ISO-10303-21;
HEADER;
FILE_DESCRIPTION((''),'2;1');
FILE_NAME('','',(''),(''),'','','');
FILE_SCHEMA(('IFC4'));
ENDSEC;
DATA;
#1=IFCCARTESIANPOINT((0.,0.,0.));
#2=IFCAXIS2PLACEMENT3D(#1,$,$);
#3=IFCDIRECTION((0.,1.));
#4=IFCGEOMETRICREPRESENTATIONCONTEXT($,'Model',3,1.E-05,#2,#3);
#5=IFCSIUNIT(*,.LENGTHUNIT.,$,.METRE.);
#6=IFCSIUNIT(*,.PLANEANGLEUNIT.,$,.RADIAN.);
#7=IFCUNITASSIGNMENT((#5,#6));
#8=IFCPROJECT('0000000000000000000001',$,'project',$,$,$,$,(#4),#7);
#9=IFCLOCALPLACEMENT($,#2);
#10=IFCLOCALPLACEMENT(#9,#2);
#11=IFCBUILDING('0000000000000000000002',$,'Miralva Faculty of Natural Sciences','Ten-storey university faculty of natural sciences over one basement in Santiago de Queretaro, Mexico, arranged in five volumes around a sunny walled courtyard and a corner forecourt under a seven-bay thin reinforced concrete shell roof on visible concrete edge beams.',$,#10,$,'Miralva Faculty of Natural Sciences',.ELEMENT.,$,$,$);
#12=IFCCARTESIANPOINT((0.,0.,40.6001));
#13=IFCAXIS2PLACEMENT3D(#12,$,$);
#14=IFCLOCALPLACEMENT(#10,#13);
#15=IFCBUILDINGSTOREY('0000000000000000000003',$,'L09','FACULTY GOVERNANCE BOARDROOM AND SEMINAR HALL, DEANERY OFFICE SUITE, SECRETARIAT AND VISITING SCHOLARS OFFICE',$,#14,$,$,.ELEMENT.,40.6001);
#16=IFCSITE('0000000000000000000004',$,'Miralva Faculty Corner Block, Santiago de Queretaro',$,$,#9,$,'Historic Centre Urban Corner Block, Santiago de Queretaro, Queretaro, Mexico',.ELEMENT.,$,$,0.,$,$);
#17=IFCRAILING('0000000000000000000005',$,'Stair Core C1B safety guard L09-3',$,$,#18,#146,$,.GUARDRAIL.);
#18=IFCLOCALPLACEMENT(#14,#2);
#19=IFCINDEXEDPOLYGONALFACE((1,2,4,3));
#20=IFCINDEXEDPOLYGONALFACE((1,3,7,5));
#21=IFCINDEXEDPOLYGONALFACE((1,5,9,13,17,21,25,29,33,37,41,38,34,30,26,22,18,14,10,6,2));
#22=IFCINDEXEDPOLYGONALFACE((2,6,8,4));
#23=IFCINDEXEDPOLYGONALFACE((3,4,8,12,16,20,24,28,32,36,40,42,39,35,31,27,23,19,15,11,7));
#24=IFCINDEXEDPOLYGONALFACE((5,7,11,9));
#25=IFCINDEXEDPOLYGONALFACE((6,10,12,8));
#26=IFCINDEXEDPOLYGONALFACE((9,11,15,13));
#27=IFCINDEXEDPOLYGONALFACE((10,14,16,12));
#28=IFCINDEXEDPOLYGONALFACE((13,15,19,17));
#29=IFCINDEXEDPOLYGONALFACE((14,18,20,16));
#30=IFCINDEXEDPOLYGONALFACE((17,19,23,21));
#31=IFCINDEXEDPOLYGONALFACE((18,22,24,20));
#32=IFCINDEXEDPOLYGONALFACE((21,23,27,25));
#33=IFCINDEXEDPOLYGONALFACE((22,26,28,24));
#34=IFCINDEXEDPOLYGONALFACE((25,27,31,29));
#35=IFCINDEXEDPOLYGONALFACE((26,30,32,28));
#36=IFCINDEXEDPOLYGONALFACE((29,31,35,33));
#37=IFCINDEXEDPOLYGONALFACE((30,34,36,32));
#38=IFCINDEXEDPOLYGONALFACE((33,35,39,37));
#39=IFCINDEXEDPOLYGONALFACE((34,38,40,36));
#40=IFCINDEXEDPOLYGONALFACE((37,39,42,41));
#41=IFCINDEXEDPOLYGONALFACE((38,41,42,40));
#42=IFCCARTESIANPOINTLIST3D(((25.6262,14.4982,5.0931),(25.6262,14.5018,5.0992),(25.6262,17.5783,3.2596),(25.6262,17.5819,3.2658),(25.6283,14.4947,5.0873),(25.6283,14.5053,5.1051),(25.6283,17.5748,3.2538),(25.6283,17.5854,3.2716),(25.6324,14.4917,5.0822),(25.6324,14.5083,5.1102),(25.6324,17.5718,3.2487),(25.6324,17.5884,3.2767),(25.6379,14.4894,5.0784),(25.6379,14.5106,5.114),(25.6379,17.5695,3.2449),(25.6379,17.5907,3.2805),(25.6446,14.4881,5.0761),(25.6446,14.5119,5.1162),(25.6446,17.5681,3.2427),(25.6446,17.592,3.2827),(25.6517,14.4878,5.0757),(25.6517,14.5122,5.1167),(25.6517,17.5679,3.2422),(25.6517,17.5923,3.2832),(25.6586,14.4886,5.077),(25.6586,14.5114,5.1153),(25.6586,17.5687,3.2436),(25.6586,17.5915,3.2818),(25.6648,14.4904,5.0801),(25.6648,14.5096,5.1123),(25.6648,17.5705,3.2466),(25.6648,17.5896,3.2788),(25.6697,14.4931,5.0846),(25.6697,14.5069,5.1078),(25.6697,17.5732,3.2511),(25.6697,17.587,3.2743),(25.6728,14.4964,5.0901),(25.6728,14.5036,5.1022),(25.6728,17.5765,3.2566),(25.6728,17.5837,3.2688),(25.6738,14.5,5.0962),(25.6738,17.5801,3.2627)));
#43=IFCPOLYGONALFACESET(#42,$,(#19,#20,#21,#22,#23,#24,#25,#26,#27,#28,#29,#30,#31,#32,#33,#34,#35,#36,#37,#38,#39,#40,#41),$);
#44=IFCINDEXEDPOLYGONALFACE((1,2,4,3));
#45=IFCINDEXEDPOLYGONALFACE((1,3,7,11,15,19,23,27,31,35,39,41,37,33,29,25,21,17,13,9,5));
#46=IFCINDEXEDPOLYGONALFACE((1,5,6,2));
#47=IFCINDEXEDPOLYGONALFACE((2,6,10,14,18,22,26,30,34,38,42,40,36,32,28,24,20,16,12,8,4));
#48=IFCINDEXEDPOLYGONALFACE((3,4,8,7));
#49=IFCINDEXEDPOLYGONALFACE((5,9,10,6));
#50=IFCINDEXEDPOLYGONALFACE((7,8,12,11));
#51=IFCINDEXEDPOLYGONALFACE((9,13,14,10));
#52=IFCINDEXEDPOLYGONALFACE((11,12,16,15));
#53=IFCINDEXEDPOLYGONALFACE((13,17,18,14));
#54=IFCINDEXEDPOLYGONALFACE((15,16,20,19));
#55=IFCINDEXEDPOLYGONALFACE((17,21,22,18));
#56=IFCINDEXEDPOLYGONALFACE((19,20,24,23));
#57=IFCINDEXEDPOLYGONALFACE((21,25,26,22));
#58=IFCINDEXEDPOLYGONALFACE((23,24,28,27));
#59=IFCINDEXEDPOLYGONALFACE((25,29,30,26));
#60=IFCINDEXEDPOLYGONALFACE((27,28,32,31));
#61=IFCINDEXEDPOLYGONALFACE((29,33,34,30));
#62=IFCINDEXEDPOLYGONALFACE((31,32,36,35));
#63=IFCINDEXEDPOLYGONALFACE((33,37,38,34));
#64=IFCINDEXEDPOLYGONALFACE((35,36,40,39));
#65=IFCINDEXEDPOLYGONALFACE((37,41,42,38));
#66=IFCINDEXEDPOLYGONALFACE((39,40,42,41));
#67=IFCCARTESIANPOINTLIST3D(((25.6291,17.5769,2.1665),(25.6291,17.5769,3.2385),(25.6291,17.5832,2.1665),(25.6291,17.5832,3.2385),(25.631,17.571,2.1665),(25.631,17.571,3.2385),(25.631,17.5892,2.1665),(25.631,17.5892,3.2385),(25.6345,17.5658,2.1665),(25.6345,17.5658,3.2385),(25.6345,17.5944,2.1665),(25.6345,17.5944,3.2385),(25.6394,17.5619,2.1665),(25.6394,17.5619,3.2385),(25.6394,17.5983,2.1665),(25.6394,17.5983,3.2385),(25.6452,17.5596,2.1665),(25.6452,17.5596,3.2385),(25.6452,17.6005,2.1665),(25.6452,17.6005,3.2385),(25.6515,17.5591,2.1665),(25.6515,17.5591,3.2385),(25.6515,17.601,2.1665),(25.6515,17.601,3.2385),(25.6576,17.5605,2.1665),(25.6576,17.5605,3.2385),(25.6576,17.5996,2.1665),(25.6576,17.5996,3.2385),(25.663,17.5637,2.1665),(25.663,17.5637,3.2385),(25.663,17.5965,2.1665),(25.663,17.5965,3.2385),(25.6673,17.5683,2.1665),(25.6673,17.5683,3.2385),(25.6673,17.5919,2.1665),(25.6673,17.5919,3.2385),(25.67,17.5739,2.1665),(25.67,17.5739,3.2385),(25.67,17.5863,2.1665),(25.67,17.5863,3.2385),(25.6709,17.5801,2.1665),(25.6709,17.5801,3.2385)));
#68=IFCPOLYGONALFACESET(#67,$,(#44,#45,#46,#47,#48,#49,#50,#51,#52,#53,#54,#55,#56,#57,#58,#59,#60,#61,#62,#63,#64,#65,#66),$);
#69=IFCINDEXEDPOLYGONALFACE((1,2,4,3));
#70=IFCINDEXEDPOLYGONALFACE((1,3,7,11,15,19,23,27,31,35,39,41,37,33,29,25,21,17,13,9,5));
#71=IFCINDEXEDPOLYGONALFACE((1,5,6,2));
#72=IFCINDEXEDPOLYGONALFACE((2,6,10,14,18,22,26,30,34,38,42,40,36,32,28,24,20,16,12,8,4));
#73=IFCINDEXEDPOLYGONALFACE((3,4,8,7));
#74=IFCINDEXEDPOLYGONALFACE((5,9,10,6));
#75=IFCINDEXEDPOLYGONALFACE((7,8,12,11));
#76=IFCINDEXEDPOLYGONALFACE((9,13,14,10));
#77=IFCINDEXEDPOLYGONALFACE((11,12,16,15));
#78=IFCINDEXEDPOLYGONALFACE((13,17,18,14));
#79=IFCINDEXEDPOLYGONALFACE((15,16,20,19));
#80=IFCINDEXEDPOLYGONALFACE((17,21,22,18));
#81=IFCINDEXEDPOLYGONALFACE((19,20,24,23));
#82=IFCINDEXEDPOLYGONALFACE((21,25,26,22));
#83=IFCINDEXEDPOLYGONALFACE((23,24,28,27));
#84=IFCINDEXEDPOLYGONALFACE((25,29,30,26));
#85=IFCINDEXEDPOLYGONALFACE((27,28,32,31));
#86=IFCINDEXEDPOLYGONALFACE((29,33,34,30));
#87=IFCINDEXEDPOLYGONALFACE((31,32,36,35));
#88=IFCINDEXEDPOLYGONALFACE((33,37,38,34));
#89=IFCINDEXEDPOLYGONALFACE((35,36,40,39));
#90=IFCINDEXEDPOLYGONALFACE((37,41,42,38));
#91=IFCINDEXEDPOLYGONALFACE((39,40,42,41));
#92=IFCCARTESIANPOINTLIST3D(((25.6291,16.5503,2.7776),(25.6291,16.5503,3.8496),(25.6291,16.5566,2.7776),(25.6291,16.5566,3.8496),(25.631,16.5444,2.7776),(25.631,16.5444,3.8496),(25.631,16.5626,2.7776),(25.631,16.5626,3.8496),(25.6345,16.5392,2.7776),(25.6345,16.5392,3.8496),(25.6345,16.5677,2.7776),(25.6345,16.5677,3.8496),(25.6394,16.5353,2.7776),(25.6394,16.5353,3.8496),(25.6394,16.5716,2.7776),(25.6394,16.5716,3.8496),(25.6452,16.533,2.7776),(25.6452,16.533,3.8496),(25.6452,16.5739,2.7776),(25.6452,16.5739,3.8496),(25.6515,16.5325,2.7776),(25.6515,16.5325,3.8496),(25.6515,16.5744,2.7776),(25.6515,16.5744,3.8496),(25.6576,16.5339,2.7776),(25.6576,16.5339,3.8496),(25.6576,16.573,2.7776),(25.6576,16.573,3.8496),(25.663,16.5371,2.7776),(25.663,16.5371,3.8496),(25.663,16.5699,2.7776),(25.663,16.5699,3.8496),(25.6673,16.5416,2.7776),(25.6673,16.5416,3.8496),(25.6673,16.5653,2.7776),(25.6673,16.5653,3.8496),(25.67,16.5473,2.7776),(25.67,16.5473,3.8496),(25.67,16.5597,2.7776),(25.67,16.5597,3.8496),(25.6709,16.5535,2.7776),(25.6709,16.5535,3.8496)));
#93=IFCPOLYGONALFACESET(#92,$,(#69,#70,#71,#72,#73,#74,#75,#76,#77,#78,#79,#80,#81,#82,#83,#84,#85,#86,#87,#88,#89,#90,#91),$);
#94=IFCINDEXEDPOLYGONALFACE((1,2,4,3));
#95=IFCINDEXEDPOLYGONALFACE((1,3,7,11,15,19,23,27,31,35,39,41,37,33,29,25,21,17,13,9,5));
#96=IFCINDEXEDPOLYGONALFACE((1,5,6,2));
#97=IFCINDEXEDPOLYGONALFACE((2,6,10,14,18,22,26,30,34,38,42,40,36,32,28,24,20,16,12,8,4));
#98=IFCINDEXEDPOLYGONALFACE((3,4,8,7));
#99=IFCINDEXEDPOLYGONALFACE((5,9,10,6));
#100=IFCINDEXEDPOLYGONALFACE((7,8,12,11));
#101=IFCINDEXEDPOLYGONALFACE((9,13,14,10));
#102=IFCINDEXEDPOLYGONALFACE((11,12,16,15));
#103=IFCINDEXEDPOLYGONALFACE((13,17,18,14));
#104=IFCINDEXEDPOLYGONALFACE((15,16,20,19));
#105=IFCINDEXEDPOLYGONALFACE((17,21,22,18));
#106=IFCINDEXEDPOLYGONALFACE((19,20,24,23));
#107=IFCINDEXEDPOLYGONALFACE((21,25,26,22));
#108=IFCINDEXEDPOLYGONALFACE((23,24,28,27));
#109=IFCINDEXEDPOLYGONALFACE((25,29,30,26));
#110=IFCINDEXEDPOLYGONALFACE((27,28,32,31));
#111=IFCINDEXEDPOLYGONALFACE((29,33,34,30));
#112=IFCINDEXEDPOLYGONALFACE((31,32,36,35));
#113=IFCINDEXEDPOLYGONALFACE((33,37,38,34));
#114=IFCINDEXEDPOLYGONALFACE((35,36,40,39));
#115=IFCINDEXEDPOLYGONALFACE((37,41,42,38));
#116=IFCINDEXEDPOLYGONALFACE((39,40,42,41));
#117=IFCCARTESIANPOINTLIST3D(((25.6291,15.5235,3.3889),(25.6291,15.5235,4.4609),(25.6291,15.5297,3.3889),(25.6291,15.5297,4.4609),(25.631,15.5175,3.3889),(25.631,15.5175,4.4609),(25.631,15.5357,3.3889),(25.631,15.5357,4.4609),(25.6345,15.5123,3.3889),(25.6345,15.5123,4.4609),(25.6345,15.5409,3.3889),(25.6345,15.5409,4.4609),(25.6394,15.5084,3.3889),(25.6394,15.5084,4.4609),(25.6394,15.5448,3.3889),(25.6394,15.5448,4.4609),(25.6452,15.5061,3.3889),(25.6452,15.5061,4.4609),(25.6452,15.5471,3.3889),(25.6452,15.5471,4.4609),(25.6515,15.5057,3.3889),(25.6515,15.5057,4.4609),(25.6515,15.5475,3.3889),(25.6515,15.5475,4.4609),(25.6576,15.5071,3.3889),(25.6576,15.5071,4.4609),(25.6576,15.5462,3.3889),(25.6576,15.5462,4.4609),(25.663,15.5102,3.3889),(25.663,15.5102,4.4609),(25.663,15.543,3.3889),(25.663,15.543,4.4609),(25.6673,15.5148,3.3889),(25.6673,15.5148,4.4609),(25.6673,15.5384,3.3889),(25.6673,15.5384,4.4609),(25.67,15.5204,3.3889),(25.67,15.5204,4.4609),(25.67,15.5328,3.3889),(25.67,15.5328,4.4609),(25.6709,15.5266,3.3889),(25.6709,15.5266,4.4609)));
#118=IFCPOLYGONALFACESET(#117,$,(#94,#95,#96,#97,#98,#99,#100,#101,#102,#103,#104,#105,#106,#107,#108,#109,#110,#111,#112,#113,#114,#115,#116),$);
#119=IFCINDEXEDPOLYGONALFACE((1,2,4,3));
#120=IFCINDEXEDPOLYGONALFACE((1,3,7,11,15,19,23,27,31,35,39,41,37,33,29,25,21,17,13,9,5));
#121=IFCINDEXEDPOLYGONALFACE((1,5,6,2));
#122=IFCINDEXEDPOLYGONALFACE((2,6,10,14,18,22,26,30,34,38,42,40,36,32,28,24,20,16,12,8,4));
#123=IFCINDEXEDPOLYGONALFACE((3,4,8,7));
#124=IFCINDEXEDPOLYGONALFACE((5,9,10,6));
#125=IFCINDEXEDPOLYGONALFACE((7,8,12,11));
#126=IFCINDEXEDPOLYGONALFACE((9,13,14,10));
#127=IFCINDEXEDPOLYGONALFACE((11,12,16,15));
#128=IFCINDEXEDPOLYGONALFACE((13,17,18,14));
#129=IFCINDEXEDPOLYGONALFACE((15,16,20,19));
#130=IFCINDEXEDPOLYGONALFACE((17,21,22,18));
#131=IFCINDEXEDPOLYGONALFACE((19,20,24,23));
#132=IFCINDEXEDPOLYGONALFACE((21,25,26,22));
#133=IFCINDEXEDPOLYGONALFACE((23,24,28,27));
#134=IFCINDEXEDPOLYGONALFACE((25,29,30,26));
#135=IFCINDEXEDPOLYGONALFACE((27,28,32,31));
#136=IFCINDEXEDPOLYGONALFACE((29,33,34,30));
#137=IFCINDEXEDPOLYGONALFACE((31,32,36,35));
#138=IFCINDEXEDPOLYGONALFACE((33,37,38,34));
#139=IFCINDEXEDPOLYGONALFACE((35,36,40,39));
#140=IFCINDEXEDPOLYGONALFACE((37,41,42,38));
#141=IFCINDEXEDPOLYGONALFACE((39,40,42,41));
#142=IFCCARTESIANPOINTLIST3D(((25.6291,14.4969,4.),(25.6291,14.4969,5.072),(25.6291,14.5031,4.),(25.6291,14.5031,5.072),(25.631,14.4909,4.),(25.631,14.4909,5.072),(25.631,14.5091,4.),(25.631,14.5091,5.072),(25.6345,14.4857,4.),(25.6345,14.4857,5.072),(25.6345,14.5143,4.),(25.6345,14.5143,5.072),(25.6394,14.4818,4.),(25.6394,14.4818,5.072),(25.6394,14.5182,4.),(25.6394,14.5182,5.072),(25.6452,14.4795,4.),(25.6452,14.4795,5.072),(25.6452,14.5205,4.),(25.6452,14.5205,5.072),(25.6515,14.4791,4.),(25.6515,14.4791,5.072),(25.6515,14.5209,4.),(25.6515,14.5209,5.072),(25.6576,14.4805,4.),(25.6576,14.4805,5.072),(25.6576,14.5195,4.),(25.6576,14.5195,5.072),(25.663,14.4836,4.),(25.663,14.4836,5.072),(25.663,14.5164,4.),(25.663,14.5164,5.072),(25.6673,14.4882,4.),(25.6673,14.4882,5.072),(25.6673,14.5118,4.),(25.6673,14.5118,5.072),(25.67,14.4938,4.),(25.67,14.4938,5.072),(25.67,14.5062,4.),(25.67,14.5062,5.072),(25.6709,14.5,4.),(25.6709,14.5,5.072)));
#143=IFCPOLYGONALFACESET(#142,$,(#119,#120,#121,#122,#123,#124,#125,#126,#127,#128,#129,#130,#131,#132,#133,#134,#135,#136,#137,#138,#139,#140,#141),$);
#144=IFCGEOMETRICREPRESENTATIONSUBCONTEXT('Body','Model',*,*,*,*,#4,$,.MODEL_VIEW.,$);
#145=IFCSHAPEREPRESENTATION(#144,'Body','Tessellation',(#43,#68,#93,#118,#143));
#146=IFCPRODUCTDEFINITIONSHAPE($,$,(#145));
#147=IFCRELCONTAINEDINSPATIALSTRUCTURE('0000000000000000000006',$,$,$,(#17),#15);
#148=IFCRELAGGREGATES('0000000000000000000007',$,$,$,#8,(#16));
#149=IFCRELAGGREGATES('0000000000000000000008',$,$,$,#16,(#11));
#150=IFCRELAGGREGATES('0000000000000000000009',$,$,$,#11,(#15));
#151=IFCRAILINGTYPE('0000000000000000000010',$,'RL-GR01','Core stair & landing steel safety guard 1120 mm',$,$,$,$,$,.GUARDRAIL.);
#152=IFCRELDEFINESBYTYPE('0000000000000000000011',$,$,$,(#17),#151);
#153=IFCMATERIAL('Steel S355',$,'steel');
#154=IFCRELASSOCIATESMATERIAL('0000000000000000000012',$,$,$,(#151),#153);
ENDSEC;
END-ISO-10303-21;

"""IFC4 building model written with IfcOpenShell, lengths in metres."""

from ifc_helpers import new_model, si_unit, direction, frame, origin, origin_2d, place, context, subcontext, project, spatial, circle, extrude, material, type_object, element, save


model = new_model("IFC4")

# Units and contexts
model_context = context("Model", 3, precision=1e-05, world=origin(), true_north=direction((0.0, 1.0)))
body_context = subcontext(model_context, "Body", "Model", "MODEL_VIEW")
ifc_project = project(units=[si_unit("LENGTHUNIT", "METRE"), si_unit("PLANEANGLEUNIT", "RADIAN")], contexts=[model_context])

# Site, building, storey
site_placement = place(None, origin())
site = spatial("IfcSite", under=ifc_project, at=site_placement, Name="Miralva Faculty Corner Block, Santiago de Queretaro", LongName="Historic Centre Urban Corner Block, Santiago de Queretaro, Queretaro, Mexico", CompositionType="ELEMENT", RefElevation=0.0)
building_placement = place(site_placement, origin())
building = spatial("IfcBuilding", under=site, at=building_placement, Name="Miralva Faculty of Natural Sciences", Description="Ten-storey university faculty of natural sciences over one basement in Santiago de Queretaro, Mexico, arranged in five volumes around a sunny walled courtyard and a corner forecourt under a seven-bay thin reinforced concrete shell roof on visible concrete edge beams.", LongName="Miralva Faculty of Natural Sciences", CompositionType="ELEMENT")
storey_placement = place(building_placement, frame((0.0, 0.0, 40.6001)))
storey = spatial("IfcBuildingStorey", under=building, at=storey_placement, Name="L09", Description="FACULTY GOVERNANCE BOARDROOM AND SEMINAR HALL, DEANERY OFFICE SUITE, SECRETARIAT AND VISITING SCHOLARS OFFICE", CompositionType="ELEMENT", Elevation=40.6001)

# Railing
ifc_material_1 = material(Name="Steel S355", Category="steel")
railing_type_1 = type_object("IfcRailingType", Name="RL-GR01", Description="Core stair & landing steel safety guard 1120 mm", PredefinedType="GUARDRAIL", material=ifc_material_1)
railing_1_placement = place(storey_placement, frame((25.6499, 17.5801, 2.1665)))
element("IfcRailing", 1, at=railing_1_placement, inside=storey, type_object=railing_type_1, Name="Stair Core C1B safety guard L09-3", PredefinedType="GUARDRAIL", context=body_context, shape_type="SweptSolid", body=[
    extrude(circle(Radius=0.0239, at=origin_2d()), frame((0.0, 0.0, 1.0962), z_axis=(0.0, -0.859279, 0.511508), x_axis=(1.0, 0.0, 0.0)), (0.0, 0.0, 1.0), 3.5845),
    extrude(circle(Radius=0.021, at=origin_2d()), origin(), (0.0, 0.0, 1.0), 1.072),
    extrude(circle(Radius=0.021, at=origin_2d()), frame((0.0, -1.0266, 0.6111)), (0.0, 0.0, 1.0), 1.072),
    extrude(circle(Radius=0.021, at=origin_2d()), frame((0.0, -2.0535, 1.2224)), (0.0, 0.0, 1.0), 1.072),
    extrude(circle(Radius=0.021, at=origin_2d()), frame((0.0, -3.0801, 1.8335)), (0.0, 0.0, 1.0), 1.072),
])

save(model, "model.ifc")
